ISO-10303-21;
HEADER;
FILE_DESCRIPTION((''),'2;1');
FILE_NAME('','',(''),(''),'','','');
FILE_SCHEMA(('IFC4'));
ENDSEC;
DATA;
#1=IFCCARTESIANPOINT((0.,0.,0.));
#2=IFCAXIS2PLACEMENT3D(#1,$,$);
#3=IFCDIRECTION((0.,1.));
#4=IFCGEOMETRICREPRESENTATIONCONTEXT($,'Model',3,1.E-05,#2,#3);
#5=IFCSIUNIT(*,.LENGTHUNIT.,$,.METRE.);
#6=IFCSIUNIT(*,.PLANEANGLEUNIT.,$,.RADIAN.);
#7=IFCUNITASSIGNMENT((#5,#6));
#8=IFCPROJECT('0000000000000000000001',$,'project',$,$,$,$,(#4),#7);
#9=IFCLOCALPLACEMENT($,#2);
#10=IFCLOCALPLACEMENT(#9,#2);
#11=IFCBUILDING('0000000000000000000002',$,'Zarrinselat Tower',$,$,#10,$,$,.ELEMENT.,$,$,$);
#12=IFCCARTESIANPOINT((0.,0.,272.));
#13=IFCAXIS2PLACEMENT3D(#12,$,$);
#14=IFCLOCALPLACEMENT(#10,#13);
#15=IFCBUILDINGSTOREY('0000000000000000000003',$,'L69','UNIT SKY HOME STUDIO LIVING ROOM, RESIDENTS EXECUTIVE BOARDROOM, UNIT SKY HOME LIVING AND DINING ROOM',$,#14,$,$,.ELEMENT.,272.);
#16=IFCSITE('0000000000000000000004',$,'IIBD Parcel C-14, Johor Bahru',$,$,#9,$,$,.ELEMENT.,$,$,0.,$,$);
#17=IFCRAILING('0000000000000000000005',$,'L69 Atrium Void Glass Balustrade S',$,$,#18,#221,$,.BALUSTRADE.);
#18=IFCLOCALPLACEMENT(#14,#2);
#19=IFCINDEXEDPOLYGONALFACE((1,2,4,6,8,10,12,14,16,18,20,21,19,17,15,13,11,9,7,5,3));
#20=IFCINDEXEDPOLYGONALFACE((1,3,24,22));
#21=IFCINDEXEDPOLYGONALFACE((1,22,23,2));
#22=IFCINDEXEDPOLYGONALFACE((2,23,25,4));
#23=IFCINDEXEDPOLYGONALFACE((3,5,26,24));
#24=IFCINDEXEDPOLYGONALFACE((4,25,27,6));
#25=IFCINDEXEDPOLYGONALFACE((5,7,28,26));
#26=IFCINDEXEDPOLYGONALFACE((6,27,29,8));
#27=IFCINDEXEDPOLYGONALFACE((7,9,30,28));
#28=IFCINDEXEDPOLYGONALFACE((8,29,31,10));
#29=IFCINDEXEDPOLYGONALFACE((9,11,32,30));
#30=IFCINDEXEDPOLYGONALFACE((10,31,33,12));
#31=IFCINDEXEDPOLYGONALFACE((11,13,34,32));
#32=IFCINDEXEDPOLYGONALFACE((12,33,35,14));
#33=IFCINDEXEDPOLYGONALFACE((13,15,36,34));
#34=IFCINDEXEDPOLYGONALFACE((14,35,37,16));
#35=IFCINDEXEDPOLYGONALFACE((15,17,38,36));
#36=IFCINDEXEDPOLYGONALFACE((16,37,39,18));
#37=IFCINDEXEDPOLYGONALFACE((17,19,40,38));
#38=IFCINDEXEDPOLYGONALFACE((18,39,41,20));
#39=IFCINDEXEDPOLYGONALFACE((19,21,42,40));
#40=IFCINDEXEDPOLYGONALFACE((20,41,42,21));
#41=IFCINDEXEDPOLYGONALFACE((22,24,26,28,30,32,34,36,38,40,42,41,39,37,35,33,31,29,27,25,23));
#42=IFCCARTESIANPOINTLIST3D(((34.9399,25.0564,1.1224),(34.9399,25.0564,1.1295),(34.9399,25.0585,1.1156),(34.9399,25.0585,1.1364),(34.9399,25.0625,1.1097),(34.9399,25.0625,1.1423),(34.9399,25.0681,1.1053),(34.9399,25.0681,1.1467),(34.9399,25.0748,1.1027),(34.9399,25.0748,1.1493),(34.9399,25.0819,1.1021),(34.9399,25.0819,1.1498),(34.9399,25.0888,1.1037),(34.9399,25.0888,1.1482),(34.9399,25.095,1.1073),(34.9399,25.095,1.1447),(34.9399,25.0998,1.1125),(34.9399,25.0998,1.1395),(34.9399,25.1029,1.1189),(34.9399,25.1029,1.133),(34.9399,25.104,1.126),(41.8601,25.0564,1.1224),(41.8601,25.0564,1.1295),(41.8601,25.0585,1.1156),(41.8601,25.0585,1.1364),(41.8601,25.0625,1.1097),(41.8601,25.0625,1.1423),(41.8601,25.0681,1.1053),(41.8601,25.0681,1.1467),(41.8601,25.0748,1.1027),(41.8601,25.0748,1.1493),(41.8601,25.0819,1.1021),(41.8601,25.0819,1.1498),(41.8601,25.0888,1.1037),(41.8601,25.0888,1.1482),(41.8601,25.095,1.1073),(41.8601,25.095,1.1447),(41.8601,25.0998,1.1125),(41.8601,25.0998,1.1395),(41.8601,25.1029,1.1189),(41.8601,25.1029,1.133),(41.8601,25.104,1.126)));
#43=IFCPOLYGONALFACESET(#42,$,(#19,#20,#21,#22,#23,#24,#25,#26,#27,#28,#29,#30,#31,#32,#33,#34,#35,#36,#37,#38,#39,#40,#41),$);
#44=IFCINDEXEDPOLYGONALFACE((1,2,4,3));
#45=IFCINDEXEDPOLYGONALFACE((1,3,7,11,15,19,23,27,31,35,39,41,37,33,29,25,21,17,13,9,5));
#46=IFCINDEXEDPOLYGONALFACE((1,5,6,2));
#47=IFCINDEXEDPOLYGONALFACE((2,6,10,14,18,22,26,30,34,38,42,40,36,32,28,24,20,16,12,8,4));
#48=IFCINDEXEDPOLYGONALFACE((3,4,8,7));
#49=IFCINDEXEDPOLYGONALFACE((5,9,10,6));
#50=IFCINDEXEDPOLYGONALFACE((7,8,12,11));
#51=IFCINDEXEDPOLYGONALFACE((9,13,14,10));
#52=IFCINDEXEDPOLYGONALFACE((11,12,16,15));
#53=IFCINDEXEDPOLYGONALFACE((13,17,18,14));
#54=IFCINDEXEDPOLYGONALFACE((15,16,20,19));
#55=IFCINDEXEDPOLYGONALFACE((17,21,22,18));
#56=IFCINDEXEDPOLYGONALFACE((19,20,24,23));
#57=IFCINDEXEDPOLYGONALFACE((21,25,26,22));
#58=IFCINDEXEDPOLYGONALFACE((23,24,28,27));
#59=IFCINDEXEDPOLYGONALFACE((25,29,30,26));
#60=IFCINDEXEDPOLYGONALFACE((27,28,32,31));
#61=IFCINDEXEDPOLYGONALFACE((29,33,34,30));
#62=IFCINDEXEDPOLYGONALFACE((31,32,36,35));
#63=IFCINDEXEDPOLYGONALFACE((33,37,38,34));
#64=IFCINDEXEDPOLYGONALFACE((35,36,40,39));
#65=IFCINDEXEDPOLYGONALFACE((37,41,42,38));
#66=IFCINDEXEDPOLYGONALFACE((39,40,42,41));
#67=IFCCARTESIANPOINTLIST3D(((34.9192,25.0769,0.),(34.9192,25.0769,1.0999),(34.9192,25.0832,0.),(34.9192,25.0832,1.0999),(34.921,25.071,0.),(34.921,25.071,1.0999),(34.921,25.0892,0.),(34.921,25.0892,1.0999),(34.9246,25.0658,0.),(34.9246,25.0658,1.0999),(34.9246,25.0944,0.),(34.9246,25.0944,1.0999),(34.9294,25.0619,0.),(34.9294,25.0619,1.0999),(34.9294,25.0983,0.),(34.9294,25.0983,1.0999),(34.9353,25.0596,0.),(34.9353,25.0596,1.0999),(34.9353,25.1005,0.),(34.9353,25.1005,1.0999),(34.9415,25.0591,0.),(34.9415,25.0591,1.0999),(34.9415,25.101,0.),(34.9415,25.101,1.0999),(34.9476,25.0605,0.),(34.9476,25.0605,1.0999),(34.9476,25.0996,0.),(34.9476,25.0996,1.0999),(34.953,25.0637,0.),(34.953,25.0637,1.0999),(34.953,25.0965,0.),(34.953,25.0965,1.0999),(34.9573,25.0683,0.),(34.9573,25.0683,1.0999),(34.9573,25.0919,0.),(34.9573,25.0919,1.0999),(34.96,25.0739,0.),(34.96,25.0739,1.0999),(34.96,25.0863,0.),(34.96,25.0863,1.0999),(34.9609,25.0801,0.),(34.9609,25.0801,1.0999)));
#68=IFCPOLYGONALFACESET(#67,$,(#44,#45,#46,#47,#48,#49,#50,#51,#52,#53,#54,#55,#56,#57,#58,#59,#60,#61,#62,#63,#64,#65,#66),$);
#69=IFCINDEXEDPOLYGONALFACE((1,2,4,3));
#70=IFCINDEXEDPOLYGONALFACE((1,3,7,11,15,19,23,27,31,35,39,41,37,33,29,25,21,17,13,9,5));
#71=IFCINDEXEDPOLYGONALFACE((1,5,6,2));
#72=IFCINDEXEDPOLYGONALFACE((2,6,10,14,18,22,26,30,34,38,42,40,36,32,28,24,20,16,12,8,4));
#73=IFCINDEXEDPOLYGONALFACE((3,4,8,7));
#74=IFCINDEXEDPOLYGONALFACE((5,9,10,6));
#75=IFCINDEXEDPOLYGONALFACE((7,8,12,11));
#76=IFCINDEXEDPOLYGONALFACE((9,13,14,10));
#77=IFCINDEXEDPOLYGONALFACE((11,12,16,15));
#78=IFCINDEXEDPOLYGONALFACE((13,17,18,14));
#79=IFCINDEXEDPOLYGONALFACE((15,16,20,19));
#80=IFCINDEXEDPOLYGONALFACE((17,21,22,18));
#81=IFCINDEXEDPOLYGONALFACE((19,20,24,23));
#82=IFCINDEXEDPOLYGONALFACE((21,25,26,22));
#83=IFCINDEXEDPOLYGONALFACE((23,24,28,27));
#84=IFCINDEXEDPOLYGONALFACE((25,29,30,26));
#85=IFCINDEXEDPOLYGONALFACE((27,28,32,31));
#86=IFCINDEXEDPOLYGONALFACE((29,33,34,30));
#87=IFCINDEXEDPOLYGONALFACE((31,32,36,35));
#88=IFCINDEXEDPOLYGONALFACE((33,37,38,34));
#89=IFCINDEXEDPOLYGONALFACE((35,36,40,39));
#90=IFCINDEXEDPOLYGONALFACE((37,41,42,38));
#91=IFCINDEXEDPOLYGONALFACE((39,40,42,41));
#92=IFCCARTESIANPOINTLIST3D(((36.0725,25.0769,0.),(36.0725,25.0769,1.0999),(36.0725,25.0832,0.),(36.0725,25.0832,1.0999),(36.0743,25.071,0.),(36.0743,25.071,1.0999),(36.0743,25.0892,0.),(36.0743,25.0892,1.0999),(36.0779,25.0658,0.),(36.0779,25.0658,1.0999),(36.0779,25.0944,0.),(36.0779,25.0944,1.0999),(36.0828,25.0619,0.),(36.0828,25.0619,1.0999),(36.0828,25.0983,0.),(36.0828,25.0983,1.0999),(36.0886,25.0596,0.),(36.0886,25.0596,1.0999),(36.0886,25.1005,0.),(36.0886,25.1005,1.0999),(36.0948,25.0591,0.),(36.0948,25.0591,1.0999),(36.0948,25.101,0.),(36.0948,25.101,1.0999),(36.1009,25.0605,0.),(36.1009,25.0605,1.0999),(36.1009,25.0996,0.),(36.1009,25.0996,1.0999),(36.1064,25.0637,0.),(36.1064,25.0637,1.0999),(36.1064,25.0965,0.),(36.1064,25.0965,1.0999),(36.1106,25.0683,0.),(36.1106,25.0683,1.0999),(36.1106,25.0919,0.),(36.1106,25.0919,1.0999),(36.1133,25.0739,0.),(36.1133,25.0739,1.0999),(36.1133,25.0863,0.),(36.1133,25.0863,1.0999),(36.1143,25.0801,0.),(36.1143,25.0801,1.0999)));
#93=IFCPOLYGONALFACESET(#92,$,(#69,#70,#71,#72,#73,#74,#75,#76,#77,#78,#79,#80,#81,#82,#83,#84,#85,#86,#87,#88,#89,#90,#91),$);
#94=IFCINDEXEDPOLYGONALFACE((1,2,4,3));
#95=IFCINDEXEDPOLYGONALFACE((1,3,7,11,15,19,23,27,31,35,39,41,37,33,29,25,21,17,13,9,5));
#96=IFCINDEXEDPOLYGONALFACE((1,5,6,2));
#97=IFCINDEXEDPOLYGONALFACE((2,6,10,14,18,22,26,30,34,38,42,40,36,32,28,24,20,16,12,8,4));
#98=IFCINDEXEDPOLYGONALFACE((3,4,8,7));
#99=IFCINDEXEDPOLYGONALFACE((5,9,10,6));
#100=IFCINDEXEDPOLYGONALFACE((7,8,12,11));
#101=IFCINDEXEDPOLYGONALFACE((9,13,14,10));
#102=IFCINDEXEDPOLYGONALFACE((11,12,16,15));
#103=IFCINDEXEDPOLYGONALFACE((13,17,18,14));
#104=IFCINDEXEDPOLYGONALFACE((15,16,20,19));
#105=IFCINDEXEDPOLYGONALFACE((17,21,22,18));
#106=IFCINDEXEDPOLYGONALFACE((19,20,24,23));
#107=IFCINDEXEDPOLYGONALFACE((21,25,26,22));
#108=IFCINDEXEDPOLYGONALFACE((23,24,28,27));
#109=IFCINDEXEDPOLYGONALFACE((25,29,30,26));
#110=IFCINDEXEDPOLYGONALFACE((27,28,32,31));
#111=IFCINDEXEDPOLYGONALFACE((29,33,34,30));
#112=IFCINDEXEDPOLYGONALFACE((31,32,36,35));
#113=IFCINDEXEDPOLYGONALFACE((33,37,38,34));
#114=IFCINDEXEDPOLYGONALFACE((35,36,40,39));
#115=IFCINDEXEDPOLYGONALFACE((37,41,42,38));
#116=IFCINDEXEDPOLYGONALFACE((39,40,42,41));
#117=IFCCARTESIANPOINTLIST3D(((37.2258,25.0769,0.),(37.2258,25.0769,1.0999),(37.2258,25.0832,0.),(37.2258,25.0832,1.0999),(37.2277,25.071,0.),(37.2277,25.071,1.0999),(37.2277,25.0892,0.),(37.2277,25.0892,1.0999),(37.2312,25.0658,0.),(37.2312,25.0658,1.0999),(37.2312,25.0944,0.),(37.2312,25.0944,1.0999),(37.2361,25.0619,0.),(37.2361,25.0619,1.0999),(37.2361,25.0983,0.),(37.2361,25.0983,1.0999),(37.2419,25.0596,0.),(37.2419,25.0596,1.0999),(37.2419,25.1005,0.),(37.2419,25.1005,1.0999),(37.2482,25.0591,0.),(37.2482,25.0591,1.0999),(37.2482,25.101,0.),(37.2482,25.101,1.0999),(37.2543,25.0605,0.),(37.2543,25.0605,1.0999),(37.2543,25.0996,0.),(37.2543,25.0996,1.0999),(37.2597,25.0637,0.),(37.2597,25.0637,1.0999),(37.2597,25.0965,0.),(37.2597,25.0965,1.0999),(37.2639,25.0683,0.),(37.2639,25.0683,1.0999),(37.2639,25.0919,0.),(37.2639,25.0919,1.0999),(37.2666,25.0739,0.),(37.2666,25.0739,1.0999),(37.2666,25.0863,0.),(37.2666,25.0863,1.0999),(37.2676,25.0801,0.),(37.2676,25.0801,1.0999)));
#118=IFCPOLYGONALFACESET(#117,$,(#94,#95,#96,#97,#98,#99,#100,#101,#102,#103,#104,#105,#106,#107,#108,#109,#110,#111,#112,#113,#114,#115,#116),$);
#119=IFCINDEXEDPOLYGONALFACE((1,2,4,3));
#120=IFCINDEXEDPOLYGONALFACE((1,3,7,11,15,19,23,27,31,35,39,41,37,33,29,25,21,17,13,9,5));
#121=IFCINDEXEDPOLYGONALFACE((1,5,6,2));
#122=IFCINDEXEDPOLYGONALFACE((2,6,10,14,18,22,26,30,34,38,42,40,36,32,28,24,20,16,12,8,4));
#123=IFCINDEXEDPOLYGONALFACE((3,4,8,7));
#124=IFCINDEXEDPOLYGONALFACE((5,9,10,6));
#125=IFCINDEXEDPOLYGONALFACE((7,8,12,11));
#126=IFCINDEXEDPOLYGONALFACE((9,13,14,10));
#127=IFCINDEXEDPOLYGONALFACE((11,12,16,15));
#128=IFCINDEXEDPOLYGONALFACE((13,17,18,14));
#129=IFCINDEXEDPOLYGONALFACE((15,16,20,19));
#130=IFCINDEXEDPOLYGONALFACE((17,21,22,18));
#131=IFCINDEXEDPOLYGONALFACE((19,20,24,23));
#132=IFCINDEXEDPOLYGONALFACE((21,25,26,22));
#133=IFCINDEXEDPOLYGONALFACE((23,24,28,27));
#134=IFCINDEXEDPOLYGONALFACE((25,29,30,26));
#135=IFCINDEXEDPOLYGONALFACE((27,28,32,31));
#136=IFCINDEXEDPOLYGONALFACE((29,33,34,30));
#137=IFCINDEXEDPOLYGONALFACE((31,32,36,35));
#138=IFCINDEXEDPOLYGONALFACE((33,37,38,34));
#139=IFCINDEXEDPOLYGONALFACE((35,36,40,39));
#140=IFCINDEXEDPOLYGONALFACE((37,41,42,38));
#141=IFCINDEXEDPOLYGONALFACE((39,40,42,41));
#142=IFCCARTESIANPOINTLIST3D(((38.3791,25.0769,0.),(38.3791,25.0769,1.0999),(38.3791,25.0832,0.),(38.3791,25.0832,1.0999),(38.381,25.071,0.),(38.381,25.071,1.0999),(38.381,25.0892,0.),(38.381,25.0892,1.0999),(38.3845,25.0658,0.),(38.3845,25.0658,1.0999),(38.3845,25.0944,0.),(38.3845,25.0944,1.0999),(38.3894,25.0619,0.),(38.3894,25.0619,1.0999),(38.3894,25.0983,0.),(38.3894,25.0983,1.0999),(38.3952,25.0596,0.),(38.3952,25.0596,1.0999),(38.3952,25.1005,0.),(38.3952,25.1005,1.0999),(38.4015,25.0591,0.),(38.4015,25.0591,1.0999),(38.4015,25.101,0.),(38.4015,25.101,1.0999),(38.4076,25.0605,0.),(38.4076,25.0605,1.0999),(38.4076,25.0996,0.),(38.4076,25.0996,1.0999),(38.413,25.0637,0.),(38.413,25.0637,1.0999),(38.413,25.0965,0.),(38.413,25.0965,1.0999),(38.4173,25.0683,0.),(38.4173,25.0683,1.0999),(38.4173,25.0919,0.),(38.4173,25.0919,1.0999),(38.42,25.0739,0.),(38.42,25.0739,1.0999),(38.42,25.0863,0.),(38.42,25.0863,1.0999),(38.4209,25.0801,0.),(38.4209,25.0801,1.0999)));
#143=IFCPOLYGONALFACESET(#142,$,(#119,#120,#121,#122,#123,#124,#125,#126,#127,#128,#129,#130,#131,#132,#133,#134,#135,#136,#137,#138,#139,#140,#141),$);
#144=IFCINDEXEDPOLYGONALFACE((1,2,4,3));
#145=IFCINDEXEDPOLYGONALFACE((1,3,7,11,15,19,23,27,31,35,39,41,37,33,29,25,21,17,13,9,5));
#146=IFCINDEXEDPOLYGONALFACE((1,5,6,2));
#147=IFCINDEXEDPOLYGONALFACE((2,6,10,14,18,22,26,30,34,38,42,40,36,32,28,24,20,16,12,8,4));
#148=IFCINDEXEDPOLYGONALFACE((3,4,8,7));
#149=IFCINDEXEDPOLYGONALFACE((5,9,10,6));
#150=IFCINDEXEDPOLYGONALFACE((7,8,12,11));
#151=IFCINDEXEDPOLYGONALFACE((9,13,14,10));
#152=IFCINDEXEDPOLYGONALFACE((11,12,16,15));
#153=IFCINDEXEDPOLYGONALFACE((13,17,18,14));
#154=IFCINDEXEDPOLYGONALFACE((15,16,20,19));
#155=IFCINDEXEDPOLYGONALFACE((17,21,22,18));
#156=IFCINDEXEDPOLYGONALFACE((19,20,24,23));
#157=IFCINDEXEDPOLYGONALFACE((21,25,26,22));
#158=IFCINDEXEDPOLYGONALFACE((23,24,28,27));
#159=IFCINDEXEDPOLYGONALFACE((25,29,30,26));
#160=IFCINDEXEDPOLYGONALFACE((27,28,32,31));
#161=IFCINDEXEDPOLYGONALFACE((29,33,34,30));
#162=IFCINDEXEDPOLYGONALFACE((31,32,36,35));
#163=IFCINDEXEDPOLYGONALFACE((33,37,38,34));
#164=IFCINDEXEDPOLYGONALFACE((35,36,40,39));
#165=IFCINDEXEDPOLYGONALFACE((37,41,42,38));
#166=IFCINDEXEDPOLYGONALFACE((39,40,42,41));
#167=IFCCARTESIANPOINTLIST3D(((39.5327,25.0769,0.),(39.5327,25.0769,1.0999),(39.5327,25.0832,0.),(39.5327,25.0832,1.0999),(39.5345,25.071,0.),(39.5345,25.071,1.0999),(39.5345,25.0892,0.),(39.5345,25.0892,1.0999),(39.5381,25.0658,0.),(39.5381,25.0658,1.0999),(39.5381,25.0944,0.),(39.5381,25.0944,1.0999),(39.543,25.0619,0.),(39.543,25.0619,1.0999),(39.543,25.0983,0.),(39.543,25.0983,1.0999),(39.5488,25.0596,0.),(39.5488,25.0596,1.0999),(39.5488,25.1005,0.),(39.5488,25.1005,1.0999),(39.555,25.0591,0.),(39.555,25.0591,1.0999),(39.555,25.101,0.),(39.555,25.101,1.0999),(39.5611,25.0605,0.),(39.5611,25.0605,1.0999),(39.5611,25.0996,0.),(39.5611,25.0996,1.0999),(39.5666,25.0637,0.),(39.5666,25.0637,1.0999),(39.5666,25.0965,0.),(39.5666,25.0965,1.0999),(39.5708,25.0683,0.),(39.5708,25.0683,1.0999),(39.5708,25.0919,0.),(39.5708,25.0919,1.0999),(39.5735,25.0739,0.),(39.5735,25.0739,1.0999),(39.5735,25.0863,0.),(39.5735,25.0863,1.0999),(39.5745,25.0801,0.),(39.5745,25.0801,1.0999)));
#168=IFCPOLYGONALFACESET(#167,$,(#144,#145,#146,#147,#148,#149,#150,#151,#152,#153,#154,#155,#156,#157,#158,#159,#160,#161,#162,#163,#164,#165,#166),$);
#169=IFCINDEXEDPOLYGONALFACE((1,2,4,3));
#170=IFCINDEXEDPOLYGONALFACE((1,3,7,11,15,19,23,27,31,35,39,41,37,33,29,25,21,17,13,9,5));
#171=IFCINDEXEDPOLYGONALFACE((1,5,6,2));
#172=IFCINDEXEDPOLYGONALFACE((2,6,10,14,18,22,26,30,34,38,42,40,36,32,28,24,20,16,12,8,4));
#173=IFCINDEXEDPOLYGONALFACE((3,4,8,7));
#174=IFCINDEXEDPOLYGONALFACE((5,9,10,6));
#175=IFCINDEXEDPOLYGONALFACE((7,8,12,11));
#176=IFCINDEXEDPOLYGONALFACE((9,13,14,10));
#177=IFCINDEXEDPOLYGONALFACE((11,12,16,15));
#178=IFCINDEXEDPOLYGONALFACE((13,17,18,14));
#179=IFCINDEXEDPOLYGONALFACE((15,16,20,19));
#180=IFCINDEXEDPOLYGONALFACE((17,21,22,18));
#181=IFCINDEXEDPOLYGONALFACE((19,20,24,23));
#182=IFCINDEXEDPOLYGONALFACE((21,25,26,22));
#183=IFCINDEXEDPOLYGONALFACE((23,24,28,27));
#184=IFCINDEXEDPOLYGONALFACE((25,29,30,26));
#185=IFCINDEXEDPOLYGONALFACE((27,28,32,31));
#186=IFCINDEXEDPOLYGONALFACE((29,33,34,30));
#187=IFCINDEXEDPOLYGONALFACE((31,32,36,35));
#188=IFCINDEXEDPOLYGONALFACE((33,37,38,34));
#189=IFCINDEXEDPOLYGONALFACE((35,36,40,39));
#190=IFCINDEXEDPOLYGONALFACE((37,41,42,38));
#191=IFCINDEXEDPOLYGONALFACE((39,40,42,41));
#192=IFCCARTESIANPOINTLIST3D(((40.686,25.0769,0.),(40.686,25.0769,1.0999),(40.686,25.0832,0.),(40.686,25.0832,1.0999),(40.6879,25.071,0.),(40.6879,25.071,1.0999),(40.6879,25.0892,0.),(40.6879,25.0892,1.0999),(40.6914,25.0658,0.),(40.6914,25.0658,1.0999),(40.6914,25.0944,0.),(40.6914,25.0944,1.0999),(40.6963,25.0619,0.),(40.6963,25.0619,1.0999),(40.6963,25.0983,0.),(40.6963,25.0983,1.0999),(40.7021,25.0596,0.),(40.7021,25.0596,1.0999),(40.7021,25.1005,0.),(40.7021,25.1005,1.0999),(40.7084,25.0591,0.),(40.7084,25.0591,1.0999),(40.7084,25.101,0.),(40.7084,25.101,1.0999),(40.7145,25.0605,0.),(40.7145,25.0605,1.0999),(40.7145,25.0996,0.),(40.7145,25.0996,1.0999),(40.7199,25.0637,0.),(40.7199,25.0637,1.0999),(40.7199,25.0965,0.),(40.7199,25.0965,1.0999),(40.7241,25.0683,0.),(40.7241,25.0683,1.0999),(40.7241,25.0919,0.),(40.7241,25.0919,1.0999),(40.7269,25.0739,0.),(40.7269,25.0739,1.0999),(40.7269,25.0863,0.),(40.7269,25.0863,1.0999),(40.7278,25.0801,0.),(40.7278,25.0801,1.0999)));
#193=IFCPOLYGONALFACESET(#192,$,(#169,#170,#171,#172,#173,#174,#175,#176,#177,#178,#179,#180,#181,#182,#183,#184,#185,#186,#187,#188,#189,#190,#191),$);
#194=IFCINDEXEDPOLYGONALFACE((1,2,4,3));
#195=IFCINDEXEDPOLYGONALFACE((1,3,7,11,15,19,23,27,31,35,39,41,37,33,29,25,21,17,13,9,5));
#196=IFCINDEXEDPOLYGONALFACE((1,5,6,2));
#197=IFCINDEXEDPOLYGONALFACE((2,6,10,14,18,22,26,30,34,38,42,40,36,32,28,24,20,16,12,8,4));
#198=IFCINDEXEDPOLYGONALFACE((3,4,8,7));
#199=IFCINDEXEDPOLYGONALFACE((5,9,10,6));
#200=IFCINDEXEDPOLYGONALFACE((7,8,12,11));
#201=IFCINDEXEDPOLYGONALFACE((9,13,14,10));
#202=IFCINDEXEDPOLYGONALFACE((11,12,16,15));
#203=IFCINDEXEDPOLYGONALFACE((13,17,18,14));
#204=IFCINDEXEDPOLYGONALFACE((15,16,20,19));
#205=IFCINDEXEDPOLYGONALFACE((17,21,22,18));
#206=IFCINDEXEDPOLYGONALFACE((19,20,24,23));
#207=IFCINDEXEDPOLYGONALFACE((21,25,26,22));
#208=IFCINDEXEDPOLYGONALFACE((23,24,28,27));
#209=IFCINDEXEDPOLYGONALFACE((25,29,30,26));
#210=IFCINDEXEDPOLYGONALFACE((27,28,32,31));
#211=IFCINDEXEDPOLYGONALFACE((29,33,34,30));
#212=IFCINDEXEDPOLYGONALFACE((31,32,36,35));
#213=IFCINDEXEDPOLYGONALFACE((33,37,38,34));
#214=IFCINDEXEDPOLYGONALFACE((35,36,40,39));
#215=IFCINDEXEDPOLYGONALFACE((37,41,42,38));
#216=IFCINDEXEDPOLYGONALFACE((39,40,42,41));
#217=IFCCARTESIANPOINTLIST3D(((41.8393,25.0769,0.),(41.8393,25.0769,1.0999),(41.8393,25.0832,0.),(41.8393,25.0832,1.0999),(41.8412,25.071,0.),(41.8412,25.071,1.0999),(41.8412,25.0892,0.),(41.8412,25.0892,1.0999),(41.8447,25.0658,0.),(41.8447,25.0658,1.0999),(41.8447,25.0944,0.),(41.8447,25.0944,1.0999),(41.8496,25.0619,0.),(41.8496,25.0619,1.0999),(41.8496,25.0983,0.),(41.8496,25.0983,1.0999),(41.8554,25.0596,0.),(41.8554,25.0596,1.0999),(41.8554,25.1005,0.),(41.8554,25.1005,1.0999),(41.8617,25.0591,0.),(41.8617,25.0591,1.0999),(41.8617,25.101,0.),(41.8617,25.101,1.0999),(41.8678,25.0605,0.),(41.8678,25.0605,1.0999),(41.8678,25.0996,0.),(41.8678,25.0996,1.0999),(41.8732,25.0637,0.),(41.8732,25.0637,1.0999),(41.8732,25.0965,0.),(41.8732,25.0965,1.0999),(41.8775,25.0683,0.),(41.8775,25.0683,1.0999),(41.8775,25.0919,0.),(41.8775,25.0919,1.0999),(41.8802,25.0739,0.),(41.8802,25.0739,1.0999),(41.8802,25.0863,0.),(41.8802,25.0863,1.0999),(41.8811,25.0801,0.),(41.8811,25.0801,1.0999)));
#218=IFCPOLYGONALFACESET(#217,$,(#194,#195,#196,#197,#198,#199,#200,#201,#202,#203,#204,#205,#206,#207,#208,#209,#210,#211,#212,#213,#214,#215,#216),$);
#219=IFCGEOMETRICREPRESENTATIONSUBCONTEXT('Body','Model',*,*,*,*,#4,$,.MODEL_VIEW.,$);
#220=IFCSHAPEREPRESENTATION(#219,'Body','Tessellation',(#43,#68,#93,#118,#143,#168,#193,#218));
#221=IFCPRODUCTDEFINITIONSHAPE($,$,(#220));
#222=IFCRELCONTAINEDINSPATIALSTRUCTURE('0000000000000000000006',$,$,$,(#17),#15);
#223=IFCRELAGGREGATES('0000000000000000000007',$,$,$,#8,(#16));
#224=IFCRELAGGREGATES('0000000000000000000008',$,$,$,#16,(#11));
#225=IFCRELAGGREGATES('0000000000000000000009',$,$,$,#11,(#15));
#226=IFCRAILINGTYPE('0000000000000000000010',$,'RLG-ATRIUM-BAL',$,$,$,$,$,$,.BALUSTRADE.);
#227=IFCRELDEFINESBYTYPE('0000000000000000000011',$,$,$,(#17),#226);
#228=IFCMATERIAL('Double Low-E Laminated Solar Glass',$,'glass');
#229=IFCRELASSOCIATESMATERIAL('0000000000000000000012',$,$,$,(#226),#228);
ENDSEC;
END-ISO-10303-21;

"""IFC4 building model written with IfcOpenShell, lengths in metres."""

from ifc_helpers import new_model, si_unit, direction, frame, origin, origin_2d, place, context, subcontext, project, spatial, circle, extrude, material, type_object, element, save


model = new_model("IFC4")

# Units and contexts
model_context = context("Model", 3, precision=1e-05, world=origin(), true_north=direction((0.0, 1.0)))
body_context = subcontext(model_context, "Body", "Model", "MODEL_VIEW")
ifc_project = project(units=[si_unit("LENGTHUNIT", "METRE"), si_unit("PLANEANGLEUNIT", "RADIAN")], contexts=[model_context])

# Site, building, storey
site_placement = place(None, origin())
site = spatial("IfcSite", under=ifc_project, at=site_placement, Name="IIBD Parcel C-14, Johor Bahru", CompositionType="ELEMENT", RefElevation=0.0)
building_placement = place(site_placement, origin())
building = spatial("IfcBuilding", under=site, at=building_placement, Name="Zarrinselat Tower", CompositionType="ELEMENT")
storey_placement = place(building_placement, frame((0.0, 0.0, 272.0)))
storey = spatial("IfcBuildingStorey", under=building, at=storey_placement, Name="L69", Description="UNIT SKY HOME STUDIO LIVING ROOM, RESIDENTS EXECUTIVE BOARDROOM, UNIT SKY HOME LIVING AND DINING ROOM", CompositionType="ELEMENT", Elevation=272.0)

# Railing
ifc_material_1 = material(Name="Double Low-E Laminated Solar Glass", Category="glass")
railing_type = type_object("IfcRailingType", Name="RLG-ATRIUM-BAL", PredefinedType="BALUSTRADE", material=ifc_material_1)
railing_placement = place(storey_placement, frame((34.9399, 25.0801, 0.0)))
element("IfcRailing", 1, at=railing_placement, inside=storey, type_object=railing_type, Name="L69 Atrium Void Glass Balustrade S", PredefinedType="BALUSTRADE", context=body_context, shape_type="SweptSolid", body=[
    extrude(circle(Radius=0.0239, at=origin_2d()), frame((0.0, 0.0, 1.126), z_axis=(1.0, 0.0, 0.0), x_axis=(0.0, 1.0, 0.0)), (0.0, 0.0, 1.0), 6.9202),
    extrude(circle(Radius=0.021, at=origin_2d()), origin(), (0.0, 0.0, 1.0), 1.0999),
    extrude(circle(Radius=0.021, at=origin_2d()), frame((1.1533, 0.0, 0.0)), (0.0, 0.0, 1.0), 1.0999),
    extrude(circle(Radius=0.021, at=origin_2d()), frame((2.3066, 0.0, 0.0)), (0.0, 0.0, 1.0), 1.0999),
    extrude(circle(Radius=0.021, at=origin_2d()), frame((3.46, 0.0, 0.0)), (0.0, 0.0, 1.0), 1.0999),
    extrude(circle(Radius=0.021, at=origin_2d()), frame((4.6135, 0.0, 0.0)), (0.0, 0.0, 1.0), 1.0999),
    extrude(circle(Radius=0.021, at=origin_2d()), frame((5.7668, 0.0, 0.0)), (0.0, 0.0, 1.0), 1.0999),
    extrude(circle(Radius=0.021, at=origin_2d()), frame((6.9202, 0.0, 0.0)), (0.0, 0.0, 1.0), 1.0999),
])

save(model, "model.ifc")
